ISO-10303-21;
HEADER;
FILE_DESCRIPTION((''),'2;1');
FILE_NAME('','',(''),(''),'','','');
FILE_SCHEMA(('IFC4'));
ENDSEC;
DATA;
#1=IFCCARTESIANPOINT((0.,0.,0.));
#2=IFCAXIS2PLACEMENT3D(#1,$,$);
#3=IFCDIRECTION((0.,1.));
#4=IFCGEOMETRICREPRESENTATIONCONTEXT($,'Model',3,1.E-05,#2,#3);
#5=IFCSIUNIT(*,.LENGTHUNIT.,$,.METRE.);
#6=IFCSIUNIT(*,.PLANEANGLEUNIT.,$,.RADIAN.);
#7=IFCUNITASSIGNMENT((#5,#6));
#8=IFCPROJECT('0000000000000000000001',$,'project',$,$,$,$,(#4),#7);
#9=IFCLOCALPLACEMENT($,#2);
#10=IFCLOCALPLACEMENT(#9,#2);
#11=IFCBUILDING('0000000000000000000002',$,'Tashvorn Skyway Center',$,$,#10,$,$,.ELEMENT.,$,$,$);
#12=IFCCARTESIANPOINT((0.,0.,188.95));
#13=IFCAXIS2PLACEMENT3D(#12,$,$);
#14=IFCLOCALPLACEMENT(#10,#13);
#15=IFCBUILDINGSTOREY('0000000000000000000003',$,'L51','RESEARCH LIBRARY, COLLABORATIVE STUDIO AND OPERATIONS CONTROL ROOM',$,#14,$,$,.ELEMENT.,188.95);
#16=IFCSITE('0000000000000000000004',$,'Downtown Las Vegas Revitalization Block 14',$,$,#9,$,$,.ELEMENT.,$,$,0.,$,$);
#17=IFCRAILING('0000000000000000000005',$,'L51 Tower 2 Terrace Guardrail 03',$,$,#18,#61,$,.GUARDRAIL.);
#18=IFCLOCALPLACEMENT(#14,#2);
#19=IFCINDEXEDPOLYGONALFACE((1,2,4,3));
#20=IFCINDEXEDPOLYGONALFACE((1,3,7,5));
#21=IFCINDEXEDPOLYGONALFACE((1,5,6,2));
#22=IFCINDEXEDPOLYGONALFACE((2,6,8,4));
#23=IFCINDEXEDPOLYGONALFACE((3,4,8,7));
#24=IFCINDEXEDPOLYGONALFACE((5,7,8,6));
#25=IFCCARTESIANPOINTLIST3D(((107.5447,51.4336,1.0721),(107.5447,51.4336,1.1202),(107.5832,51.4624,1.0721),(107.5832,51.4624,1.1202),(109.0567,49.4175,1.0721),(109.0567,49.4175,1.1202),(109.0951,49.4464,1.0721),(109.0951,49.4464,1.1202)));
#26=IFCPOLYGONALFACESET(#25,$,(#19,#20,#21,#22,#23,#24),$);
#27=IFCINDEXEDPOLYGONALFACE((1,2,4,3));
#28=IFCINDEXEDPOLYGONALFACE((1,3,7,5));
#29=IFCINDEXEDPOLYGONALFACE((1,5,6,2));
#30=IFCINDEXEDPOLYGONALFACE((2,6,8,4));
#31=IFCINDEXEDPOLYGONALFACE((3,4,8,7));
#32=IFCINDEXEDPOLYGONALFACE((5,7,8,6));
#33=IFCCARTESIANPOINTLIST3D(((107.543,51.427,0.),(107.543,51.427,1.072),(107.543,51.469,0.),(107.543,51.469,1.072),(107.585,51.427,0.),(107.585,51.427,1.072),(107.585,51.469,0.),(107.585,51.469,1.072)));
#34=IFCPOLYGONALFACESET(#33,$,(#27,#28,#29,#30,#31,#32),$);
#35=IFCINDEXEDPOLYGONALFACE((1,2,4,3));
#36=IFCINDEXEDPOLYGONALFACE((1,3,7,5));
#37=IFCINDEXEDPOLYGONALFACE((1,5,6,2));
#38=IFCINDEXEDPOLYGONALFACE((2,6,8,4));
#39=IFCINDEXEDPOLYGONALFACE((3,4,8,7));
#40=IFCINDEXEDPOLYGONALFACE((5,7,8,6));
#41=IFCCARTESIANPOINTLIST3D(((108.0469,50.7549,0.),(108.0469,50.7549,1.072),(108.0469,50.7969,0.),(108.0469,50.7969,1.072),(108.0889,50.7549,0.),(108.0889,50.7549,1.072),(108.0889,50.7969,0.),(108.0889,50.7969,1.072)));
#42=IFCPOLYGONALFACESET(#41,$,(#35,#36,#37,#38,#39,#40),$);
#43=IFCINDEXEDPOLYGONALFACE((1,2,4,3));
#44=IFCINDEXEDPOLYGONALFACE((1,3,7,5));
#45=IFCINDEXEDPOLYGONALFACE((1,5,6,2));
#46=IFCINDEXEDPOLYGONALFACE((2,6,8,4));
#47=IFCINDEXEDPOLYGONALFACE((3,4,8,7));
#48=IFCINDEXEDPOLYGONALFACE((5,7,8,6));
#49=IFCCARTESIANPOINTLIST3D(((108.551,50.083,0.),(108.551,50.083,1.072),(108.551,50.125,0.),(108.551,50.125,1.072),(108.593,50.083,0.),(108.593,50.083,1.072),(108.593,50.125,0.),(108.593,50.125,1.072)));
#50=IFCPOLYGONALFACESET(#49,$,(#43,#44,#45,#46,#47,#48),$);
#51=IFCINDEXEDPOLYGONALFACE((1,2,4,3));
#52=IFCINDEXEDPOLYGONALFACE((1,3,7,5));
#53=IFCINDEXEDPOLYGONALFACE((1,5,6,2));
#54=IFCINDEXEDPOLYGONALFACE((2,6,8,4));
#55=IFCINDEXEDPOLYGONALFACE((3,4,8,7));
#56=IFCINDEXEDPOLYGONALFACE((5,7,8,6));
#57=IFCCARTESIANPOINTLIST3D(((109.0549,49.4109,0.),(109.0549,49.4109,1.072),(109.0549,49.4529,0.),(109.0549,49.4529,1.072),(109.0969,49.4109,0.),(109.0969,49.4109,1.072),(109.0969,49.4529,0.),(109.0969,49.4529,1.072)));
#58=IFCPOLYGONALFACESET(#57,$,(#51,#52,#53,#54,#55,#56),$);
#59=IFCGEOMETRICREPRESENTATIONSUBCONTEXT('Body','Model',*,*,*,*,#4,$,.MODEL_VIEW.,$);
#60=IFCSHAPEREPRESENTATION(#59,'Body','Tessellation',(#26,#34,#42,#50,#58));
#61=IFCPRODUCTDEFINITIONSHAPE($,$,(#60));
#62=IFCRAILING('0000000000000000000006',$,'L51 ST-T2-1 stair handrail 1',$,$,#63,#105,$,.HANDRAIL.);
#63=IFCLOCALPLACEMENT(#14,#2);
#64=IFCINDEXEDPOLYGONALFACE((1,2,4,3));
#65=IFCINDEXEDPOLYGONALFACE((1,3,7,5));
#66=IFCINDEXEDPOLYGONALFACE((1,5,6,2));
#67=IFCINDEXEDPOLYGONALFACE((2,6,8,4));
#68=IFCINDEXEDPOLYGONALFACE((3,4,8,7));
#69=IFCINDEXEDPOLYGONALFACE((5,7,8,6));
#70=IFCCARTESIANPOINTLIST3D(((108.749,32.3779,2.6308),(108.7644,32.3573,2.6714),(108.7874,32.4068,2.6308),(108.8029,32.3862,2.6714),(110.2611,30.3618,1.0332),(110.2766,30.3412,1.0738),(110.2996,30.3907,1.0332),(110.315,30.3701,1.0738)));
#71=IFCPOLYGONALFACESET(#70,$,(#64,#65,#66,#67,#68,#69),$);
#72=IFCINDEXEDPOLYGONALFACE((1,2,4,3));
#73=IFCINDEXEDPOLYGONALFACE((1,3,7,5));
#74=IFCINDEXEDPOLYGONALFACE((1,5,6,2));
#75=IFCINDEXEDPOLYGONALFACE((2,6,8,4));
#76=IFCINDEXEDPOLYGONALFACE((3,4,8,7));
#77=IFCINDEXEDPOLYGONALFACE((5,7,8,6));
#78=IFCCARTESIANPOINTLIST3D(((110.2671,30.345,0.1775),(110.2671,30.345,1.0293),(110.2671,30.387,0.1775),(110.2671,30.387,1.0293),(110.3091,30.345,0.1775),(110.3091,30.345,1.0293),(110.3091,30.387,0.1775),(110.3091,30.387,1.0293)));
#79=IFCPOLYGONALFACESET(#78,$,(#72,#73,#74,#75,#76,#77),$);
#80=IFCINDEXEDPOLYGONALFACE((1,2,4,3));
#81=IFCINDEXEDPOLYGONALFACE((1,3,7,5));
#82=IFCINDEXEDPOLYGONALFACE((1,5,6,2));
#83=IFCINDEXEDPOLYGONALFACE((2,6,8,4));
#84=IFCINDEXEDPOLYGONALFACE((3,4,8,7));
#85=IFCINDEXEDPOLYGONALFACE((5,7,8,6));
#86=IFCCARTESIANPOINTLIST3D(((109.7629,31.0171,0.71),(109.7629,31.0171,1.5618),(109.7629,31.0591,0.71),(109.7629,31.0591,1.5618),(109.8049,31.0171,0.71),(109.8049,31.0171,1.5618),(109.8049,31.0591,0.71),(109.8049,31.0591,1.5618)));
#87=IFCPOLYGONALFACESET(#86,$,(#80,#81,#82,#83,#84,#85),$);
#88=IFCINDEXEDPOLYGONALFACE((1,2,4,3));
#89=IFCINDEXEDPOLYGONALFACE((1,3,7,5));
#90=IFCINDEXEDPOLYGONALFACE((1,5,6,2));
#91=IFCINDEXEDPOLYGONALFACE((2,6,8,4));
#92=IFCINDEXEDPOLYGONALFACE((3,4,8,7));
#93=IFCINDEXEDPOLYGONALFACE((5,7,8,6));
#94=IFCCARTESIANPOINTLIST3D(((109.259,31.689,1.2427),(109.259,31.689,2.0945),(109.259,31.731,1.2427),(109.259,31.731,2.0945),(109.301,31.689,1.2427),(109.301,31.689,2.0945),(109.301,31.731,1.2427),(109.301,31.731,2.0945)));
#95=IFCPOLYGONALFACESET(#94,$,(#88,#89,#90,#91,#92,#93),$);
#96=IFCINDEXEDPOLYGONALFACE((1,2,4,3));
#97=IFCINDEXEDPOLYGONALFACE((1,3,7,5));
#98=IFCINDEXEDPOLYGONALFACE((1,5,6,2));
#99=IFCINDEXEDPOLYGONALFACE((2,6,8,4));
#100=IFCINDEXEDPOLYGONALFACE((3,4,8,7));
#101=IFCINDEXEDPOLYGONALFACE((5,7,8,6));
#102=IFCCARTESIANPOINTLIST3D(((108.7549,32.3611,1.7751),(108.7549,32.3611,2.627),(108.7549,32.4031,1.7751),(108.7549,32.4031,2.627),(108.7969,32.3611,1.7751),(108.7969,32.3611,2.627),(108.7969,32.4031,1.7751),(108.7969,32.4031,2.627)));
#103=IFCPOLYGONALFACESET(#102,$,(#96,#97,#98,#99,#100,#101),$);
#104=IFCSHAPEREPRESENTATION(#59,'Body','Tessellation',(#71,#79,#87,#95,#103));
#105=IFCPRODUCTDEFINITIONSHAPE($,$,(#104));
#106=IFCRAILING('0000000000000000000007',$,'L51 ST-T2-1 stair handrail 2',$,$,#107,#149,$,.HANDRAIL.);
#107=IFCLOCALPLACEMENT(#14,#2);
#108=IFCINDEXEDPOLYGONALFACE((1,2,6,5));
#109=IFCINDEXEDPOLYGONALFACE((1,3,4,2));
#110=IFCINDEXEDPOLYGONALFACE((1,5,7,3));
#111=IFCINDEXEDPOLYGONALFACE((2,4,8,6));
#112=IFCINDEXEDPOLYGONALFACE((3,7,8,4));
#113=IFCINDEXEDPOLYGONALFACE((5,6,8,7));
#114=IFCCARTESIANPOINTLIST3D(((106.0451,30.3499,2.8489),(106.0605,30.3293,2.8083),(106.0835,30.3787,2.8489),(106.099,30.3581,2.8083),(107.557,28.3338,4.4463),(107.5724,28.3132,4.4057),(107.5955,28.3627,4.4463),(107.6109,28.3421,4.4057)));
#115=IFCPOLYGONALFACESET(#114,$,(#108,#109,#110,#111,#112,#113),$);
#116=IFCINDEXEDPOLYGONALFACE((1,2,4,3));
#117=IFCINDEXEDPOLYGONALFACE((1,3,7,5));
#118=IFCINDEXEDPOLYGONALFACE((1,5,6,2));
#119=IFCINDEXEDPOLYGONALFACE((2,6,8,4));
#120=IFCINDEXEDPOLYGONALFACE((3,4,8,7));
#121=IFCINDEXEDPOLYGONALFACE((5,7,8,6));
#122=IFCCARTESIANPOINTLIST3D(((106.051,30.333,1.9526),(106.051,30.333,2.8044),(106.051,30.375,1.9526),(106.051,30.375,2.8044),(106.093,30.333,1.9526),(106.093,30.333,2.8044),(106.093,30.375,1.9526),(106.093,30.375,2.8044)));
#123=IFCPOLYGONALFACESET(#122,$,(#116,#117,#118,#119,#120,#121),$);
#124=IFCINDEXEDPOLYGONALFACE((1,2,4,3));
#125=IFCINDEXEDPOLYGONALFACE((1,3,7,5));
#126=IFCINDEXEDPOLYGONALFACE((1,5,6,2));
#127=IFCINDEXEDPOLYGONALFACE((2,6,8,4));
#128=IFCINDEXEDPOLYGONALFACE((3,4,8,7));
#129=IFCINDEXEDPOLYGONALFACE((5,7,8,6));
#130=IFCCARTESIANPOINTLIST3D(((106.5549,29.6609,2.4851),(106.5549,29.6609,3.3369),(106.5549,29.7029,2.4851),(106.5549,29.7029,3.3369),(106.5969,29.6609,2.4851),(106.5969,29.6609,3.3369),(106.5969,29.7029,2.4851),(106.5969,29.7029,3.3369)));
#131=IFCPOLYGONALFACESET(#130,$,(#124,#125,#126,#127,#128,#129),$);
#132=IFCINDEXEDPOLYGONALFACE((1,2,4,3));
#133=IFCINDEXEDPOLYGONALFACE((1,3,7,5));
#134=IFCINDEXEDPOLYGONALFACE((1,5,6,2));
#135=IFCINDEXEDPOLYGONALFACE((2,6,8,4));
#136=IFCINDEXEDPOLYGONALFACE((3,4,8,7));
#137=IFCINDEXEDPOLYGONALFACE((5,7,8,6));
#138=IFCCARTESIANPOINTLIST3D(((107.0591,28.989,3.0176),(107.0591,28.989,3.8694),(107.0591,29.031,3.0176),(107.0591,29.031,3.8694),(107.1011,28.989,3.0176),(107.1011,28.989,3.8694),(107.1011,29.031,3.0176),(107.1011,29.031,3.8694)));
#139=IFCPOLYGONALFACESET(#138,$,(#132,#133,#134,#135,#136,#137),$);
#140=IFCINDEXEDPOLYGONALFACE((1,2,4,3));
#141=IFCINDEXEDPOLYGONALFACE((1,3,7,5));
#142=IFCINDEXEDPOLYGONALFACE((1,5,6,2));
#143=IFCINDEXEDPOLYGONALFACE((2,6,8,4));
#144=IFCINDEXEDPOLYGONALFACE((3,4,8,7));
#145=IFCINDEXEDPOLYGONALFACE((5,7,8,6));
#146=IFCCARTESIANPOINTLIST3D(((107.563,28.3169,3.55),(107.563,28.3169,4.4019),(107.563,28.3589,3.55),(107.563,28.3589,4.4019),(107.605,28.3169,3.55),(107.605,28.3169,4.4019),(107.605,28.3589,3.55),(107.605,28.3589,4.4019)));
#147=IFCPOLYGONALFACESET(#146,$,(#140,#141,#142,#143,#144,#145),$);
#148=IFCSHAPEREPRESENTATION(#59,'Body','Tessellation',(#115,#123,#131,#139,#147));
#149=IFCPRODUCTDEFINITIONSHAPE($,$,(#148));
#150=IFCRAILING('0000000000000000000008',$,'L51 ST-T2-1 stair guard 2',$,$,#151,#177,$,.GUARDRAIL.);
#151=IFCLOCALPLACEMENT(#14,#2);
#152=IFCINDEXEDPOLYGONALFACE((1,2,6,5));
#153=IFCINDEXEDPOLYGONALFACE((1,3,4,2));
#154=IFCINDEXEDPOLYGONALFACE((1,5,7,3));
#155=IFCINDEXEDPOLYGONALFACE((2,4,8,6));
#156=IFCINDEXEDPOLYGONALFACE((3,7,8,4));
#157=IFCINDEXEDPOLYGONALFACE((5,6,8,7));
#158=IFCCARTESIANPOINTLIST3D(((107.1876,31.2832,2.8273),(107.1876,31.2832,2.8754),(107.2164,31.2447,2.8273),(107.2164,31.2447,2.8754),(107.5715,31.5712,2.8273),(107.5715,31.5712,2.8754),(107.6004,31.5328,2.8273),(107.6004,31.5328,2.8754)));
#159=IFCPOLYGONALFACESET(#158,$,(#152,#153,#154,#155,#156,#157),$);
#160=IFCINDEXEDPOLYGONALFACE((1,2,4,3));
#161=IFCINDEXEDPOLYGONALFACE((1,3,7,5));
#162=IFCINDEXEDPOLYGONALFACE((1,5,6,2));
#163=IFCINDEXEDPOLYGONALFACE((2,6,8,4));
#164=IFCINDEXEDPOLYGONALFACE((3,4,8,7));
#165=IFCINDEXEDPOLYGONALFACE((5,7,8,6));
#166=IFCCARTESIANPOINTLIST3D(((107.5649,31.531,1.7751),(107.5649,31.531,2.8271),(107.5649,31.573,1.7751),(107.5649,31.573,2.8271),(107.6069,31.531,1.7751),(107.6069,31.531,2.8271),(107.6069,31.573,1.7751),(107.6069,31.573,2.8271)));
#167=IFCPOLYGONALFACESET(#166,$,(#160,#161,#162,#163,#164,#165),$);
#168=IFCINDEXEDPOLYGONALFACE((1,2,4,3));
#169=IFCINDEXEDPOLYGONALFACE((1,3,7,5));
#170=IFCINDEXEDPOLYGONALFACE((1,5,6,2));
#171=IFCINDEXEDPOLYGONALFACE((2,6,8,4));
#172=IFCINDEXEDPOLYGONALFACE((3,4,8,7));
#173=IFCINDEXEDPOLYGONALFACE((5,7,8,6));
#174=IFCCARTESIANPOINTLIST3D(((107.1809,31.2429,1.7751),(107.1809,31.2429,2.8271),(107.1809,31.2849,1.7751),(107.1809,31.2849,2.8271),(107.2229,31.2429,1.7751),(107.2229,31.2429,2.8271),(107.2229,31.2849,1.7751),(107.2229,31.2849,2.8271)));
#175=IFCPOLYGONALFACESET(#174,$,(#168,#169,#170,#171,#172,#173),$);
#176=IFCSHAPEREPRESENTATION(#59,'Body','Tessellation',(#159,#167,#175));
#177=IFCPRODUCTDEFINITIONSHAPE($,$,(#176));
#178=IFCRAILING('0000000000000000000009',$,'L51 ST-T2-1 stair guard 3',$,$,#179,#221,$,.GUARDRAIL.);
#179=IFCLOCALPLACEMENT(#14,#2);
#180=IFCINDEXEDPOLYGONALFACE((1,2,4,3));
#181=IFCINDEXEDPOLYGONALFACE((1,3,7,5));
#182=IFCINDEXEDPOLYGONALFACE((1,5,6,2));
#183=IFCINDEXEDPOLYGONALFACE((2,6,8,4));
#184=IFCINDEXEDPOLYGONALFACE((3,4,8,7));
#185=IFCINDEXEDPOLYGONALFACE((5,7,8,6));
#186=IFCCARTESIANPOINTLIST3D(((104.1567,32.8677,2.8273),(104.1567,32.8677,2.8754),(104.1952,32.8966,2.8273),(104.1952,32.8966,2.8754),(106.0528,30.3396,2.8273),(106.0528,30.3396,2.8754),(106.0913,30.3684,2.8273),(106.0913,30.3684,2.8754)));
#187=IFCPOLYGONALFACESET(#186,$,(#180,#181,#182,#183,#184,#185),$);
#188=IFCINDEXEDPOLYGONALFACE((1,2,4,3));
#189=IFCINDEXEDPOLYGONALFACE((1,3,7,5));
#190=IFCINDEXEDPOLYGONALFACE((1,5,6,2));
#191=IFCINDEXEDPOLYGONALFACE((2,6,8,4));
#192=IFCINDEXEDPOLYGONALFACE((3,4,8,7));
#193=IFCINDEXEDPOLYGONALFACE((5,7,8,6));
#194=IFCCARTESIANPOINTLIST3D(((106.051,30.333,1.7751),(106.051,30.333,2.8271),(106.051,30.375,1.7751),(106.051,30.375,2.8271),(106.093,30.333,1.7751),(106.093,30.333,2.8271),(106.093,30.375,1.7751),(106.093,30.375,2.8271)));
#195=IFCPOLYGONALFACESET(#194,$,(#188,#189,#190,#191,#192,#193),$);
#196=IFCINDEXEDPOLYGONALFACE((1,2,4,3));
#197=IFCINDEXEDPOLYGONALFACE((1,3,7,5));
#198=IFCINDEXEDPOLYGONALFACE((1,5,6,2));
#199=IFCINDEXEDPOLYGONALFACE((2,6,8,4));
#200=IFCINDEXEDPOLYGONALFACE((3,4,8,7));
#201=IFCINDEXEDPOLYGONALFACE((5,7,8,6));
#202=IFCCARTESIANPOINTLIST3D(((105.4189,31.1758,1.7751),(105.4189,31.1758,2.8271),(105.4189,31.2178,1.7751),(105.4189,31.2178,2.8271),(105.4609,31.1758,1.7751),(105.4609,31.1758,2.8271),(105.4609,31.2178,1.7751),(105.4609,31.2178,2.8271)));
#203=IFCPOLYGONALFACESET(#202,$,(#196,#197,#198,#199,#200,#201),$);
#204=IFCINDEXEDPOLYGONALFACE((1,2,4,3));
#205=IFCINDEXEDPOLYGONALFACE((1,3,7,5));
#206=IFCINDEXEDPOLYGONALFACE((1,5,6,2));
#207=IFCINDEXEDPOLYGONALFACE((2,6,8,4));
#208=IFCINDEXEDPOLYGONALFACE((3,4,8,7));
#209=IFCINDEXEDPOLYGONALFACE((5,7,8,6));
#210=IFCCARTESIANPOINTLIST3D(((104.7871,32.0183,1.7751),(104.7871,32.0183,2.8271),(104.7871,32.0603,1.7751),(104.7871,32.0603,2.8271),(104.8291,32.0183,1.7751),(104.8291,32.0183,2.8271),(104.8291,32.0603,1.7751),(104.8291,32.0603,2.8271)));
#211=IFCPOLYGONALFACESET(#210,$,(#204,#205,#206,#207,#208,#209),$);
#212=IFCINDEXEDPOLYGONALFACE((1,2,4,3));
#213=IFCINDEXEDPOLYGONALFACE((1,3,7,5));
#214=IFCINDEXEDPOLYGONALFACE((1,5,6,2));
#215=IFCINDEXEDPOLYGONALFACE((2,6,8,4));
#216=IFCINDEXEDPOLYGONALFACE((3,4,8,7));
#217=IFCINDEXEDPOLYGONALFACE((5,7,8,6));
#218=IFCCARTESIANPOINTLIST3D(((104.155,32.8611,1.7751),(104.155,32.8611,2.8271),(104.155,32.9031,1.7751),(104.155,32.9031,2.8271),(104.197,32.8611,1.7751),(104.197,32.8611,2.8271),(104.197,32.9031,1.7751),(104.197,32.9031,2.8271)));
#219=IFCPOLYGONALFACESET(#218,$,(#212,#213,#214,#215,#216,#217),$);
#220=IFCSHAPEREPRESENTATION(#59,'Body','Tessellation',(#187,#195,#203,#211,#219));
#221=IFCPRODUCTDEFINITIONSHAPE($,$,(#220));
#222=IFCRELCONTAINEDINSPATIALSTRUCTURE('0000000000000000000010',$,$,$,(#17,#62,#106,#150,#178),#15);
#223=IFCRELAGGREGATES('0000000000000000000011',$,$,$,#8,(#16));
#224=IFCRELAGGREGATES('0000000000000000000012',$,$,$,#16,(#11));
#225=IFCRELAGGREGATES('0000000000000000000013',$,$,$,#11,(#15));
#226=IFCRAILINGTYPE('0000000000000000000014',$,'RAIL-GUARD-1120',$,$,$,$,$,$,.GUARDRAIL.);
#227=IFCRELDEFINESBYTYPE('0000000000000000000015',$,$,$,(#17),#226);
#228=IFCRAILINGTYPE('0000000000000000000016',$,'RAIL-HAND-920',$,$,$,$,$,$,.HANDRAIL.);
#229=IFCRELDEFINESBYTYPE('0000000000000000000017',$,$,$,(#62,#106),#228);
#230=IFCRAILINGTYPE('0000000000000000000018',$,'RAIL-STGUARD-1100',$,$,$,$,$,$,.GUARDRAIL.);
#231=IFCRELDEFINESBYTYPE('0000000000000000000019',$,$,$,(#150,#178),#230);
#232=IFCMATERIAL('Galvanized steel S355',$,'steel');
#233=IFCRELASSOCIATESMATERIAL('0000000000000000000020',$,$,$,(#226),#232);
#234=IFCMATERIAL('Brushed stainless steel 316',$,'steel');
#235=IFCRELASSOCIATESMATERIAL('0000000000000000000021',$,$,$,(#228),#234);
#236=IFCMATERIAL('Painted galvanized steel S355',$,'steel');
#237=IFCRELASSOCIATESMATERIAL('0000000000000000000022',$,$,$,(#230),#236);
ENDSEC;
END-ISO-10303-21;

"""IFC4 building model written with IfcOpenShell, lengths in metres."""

from ifc_helpers import new_model, si_unit, direction, frame, origin, origin_2d, place, context, subcontext, project, spatial, rectangle, extrude, material, type_object, element, save


model = new_model("IFC4")

# Units and contexts
model_context = context("Model", 3, precision=1e-05, world=origin(), true_north=direction((0.0, 1.0)))
body_context = subcontext(model_context, "Body", "Model", "MODEL_VIEW")
ifc_project = project(units=[si_unit("LENGTHUNIT", "METRE"), si_unit("PLANEANGLEUNIT", "RADIAN")], contexts=[model_context])

# Site, building, storey
site_placement = place(None, origin())
site = spatial("IfcSite", under=ifc_project, at=site_placement, Name="Downtown Las Vegas Revitalization Block 14", CompositionType="ELEMENT", RefElevation=0.0)
building_placement = place(site_placement, origin())
building = spatial("IfcBuilding", under=site, at=building_placement, Name="Tashvorn Skyway Center", CompositionType="ELEMENT")
storey_placement = place(building_placement, frame((0.0, 0.0, 188.95)))
storey = spatial("IfcBuildingStorey", under=building, at=storey_placement, Name="L51", Description="RESEARCH LIBRARY, COLLABORATIVE STUDIO AND OPERATIONS CONTROL ROOM", CompositionType="ELEMENT", Elevation=188.95)

# Railings
ifc_material_1 = material(Name="Galvanized steel S355", Category="steel")
railing_type_1 = type_object("IfcRailingType", Name="RAIL-GUARD-1120", PredefinedType="GUARDRAIL", material=ifc_material_1)
railing_1_placement = place(storey_placement, frame((107.564, 51.448, 0.0)))
element("IfcRailing", 1, at=railing_1_placement, inside=storey, type_object=railing_type_1, Name="L51 Tower 2 Terrace Guardrail 03", PredefinedType="GUARDRAIL", context=body_context, shape_type="SweptSolid", body=[
    extrude(rectangle(XDim=0.0481, YDim=0.0481, at=origin_2d()), frame((0.0, 0.0, 1.0962), z_axis=(0.599969, -0.800023, 0.0), x_axis=(0.800023, 0.599969, 0.0)), (0.0, 0.0, 1.0), 2.52),
    extrude(rectangle(XDim=0.042, YDim=0.042, at=origin_2d()), origin(), (0.0, 0.0, 1.0), 1.072),
    extrude(rectangle(XDim=0.042, YDim=0.042, at=origin_2d()), frame((0.5039, -0.6721, 0.0)), (0.0, 0.0, 1.0), 1.072),
    extrude(rectangle(XDim=0.042, YDim=0.042, at=origin_2d()), frame((1.0081, -1.344, 0.0)), (0.0, 0.0, 1.0), 1.072),
    extrude(rectangle(XDim=0.042, YDim=0.042, at=origin_2d()), frame((1.512, -2.0161, 0.0)), (0.0, 0.0, 1.0), 1.072),
])
ifc_material_2 = material(Name="Brushed stainless steel 316", Category="steel")
railing_type_2 = type_object("IfcRailingType", Name="RAIL-HAND-920", PredefinedType="HANDRAIL", material=ifc_material_2)
railing_2_placement = place(storey_placement, frame((110.2881, 30.366, 0.1775)))
element("IfcRailing", 2, at=railing_2_placement, inside=storey, type_object=railing_type_2, Name="L51 ST-T2-1 stair handrail 1", PredefinedType="HANDRAIL", context=body_context, shape_type="SweptSolid", body=[
    extrude(rectangle(XDim=0.0481, YDim=0.0481, at=origin_2d()), frame((0.0, 0.0, 0.876), z_axis=(-0.506779, 0.675651, 0.535416), x_axis=(-0.799977, -0.600031, 0.0)), (0.0, 0.0, 1.0), 2.9839),
    extrude(rectangle(XDim=0.042, YDim=0.042, at=origin_2d()), origin(), (0.0, 0.0, 1.0), 0.8518),
    extrude(rectangle(XDim=0.042, YDim=0.042, at=origin_2d()), frame((-0.5042, 0.6721, 0.5325)), (0.0, 0.0, 1.0), 0.8518),
    extrude(rectangle(XDim=0.042, YDim=0.042, at=origin_2d()), frame((-1.0081, 1.344, 1.0652)), (0.0, 0.0, 1.0), 0.8518),
    extrude(rectangle(XDim=0.042, YDim=0.042, at=origin_2d()), frame((-1.5122, 2.0161, 1.5977)), (0.0, 0.0, 1.0), 0.8518),
])
railing_3_placement = place(storey_placement, frame((106.072, 30.354, 1.9526)))
element("IfcRailing", 3, at=railing_3_placement, inside=storey, type_object=railing_type_2, Name="L51 ST-T2-1 stair handrail 2", PredefinedType="HANDRAIL", context=body_context, shape_type="SweptSolid", body=[
    extrude(rectangle(XDim=0.0481, YDim=0.0481, at=origin_2d()), frame((0.0, 0.0, 0.876), z_axis=(0.506741, -0.675709, 0.535379), x_axis=(0.800023, 0.599969, 0.0)), (0.0, 0.0, 1.0), 2.9836),
    extrude(rectangle(XDim=0.042, YDim=0.042, at=origin_2d()), origin(), (0.0, 0.0, 1.0), 0.8518),
    extrude(rectangle(XDim=0.042, YDim=0.042, at=origin_2d()), frame((0.5039, -0.6721, 0.5325)), (0.0, 0.0, 1.0), 0.8518),
    extrude(rectangle(XDim=0.042, YDim=0.042, at=origin_2d()), frame((1.0081, -1.344, 1.0649)), (0.0, 0.0, 1.0), 0.8518),
    extrude(rectangle(XDim=0.042, YDim=0.042, at=origin_2d()), frame((1.512, -2.0161, 1.5974)), (0.0, 0.0, 1.0), 0.8518),
])
ifc_material_3 = material(Name="Painted galvanized steel S355", Category="steel")
railing_type_3 = type_object("IfcRailingType", Name="RAIL-STGUARD-1100", PredefinedType="GUARDRAIL", material=ifc_material_3)
railing_4_placement = place(storey_placement, frame((107.5859, 31.552, 1.7751)))
element("IfcRailing", 4, at=railing_4_placement, inside=storey, type_object=railing_type_3, Name="L51 ST-T2-1 stair guard 2", PredefinedType="GUARDRAIL", context=body_context, shape_type="SweptSolid", body=[
    extrude(rectangle(XDim=0.0481, YDim=0.0481, at=origin_2d()), frame((0.0, 0.0, 1.0762), z_axis=(-0.799939, -0.600081, 0.0), x_axis=(0.600081, -0.799939, 0.0)), (0.0, 0.0, 1.0), 0.48),
    extrude(rectangle(XDim=0.042, YDim=0.042, at=origin_2d()), origin(), (0.0, 0.0, 1.0), 1.052),
    extrude(rectangle(XDim=0.042, YDim=0.042, at=origin_2d()), frame((-0.384, -0.2881, 0.0)), (0.0, 0.0, 1.0), 1.052),
])
railing_5_placement = place(storey_placement, frame((106.072, 30.354, 1.7751)))
element("IfcRailing", 5, at=railing_5_placement, inside=storey, type_object=railing_type_3, Name="L51 ST-T2-1 stair guard 3", PredefinedType="GUARDRAIL", context=body_context, shape_type="SweptSolid", body=[
    extrude(rectangle(XDim=0.0481, YDim=0.0481, at=origin_2d()), frame((0.0, 0.0, 1.0762), z_axis=(-0.599988, 0.800009, 0.0), x_axis=(-0.800009, -0.599988, 0.0)), (0.0, 0.0, 1.0), 3.1602),
    extrude(rectangle(XDim=0.042, YDim=0.042, at=origin_2d()), origin(), (0.0, 0.0, 1.0), 1.052),
    extrude(rectangle(XDim=0.042, YDim=0.042, at=origin_2d()), frame((-0.6321, 0.8428, 0.0)), (0.0, 0.0, 1.0), 1.052),
    extrude(rectangle(XDim=0.042, YDim=0.042, at=origin_2d()), frame((-1.2639, 1.6853, 0.0)), (0.0, 0.0, 1.0), 1.052),
    extrude(rectangle(XDim=0.042, YDim=0.042, at=origin_2d()), frame((-1.896, 2.5281, 0.0)), (0.0, 0.0, 1.0), 1.052),
])

save(model, "model.ifc")
